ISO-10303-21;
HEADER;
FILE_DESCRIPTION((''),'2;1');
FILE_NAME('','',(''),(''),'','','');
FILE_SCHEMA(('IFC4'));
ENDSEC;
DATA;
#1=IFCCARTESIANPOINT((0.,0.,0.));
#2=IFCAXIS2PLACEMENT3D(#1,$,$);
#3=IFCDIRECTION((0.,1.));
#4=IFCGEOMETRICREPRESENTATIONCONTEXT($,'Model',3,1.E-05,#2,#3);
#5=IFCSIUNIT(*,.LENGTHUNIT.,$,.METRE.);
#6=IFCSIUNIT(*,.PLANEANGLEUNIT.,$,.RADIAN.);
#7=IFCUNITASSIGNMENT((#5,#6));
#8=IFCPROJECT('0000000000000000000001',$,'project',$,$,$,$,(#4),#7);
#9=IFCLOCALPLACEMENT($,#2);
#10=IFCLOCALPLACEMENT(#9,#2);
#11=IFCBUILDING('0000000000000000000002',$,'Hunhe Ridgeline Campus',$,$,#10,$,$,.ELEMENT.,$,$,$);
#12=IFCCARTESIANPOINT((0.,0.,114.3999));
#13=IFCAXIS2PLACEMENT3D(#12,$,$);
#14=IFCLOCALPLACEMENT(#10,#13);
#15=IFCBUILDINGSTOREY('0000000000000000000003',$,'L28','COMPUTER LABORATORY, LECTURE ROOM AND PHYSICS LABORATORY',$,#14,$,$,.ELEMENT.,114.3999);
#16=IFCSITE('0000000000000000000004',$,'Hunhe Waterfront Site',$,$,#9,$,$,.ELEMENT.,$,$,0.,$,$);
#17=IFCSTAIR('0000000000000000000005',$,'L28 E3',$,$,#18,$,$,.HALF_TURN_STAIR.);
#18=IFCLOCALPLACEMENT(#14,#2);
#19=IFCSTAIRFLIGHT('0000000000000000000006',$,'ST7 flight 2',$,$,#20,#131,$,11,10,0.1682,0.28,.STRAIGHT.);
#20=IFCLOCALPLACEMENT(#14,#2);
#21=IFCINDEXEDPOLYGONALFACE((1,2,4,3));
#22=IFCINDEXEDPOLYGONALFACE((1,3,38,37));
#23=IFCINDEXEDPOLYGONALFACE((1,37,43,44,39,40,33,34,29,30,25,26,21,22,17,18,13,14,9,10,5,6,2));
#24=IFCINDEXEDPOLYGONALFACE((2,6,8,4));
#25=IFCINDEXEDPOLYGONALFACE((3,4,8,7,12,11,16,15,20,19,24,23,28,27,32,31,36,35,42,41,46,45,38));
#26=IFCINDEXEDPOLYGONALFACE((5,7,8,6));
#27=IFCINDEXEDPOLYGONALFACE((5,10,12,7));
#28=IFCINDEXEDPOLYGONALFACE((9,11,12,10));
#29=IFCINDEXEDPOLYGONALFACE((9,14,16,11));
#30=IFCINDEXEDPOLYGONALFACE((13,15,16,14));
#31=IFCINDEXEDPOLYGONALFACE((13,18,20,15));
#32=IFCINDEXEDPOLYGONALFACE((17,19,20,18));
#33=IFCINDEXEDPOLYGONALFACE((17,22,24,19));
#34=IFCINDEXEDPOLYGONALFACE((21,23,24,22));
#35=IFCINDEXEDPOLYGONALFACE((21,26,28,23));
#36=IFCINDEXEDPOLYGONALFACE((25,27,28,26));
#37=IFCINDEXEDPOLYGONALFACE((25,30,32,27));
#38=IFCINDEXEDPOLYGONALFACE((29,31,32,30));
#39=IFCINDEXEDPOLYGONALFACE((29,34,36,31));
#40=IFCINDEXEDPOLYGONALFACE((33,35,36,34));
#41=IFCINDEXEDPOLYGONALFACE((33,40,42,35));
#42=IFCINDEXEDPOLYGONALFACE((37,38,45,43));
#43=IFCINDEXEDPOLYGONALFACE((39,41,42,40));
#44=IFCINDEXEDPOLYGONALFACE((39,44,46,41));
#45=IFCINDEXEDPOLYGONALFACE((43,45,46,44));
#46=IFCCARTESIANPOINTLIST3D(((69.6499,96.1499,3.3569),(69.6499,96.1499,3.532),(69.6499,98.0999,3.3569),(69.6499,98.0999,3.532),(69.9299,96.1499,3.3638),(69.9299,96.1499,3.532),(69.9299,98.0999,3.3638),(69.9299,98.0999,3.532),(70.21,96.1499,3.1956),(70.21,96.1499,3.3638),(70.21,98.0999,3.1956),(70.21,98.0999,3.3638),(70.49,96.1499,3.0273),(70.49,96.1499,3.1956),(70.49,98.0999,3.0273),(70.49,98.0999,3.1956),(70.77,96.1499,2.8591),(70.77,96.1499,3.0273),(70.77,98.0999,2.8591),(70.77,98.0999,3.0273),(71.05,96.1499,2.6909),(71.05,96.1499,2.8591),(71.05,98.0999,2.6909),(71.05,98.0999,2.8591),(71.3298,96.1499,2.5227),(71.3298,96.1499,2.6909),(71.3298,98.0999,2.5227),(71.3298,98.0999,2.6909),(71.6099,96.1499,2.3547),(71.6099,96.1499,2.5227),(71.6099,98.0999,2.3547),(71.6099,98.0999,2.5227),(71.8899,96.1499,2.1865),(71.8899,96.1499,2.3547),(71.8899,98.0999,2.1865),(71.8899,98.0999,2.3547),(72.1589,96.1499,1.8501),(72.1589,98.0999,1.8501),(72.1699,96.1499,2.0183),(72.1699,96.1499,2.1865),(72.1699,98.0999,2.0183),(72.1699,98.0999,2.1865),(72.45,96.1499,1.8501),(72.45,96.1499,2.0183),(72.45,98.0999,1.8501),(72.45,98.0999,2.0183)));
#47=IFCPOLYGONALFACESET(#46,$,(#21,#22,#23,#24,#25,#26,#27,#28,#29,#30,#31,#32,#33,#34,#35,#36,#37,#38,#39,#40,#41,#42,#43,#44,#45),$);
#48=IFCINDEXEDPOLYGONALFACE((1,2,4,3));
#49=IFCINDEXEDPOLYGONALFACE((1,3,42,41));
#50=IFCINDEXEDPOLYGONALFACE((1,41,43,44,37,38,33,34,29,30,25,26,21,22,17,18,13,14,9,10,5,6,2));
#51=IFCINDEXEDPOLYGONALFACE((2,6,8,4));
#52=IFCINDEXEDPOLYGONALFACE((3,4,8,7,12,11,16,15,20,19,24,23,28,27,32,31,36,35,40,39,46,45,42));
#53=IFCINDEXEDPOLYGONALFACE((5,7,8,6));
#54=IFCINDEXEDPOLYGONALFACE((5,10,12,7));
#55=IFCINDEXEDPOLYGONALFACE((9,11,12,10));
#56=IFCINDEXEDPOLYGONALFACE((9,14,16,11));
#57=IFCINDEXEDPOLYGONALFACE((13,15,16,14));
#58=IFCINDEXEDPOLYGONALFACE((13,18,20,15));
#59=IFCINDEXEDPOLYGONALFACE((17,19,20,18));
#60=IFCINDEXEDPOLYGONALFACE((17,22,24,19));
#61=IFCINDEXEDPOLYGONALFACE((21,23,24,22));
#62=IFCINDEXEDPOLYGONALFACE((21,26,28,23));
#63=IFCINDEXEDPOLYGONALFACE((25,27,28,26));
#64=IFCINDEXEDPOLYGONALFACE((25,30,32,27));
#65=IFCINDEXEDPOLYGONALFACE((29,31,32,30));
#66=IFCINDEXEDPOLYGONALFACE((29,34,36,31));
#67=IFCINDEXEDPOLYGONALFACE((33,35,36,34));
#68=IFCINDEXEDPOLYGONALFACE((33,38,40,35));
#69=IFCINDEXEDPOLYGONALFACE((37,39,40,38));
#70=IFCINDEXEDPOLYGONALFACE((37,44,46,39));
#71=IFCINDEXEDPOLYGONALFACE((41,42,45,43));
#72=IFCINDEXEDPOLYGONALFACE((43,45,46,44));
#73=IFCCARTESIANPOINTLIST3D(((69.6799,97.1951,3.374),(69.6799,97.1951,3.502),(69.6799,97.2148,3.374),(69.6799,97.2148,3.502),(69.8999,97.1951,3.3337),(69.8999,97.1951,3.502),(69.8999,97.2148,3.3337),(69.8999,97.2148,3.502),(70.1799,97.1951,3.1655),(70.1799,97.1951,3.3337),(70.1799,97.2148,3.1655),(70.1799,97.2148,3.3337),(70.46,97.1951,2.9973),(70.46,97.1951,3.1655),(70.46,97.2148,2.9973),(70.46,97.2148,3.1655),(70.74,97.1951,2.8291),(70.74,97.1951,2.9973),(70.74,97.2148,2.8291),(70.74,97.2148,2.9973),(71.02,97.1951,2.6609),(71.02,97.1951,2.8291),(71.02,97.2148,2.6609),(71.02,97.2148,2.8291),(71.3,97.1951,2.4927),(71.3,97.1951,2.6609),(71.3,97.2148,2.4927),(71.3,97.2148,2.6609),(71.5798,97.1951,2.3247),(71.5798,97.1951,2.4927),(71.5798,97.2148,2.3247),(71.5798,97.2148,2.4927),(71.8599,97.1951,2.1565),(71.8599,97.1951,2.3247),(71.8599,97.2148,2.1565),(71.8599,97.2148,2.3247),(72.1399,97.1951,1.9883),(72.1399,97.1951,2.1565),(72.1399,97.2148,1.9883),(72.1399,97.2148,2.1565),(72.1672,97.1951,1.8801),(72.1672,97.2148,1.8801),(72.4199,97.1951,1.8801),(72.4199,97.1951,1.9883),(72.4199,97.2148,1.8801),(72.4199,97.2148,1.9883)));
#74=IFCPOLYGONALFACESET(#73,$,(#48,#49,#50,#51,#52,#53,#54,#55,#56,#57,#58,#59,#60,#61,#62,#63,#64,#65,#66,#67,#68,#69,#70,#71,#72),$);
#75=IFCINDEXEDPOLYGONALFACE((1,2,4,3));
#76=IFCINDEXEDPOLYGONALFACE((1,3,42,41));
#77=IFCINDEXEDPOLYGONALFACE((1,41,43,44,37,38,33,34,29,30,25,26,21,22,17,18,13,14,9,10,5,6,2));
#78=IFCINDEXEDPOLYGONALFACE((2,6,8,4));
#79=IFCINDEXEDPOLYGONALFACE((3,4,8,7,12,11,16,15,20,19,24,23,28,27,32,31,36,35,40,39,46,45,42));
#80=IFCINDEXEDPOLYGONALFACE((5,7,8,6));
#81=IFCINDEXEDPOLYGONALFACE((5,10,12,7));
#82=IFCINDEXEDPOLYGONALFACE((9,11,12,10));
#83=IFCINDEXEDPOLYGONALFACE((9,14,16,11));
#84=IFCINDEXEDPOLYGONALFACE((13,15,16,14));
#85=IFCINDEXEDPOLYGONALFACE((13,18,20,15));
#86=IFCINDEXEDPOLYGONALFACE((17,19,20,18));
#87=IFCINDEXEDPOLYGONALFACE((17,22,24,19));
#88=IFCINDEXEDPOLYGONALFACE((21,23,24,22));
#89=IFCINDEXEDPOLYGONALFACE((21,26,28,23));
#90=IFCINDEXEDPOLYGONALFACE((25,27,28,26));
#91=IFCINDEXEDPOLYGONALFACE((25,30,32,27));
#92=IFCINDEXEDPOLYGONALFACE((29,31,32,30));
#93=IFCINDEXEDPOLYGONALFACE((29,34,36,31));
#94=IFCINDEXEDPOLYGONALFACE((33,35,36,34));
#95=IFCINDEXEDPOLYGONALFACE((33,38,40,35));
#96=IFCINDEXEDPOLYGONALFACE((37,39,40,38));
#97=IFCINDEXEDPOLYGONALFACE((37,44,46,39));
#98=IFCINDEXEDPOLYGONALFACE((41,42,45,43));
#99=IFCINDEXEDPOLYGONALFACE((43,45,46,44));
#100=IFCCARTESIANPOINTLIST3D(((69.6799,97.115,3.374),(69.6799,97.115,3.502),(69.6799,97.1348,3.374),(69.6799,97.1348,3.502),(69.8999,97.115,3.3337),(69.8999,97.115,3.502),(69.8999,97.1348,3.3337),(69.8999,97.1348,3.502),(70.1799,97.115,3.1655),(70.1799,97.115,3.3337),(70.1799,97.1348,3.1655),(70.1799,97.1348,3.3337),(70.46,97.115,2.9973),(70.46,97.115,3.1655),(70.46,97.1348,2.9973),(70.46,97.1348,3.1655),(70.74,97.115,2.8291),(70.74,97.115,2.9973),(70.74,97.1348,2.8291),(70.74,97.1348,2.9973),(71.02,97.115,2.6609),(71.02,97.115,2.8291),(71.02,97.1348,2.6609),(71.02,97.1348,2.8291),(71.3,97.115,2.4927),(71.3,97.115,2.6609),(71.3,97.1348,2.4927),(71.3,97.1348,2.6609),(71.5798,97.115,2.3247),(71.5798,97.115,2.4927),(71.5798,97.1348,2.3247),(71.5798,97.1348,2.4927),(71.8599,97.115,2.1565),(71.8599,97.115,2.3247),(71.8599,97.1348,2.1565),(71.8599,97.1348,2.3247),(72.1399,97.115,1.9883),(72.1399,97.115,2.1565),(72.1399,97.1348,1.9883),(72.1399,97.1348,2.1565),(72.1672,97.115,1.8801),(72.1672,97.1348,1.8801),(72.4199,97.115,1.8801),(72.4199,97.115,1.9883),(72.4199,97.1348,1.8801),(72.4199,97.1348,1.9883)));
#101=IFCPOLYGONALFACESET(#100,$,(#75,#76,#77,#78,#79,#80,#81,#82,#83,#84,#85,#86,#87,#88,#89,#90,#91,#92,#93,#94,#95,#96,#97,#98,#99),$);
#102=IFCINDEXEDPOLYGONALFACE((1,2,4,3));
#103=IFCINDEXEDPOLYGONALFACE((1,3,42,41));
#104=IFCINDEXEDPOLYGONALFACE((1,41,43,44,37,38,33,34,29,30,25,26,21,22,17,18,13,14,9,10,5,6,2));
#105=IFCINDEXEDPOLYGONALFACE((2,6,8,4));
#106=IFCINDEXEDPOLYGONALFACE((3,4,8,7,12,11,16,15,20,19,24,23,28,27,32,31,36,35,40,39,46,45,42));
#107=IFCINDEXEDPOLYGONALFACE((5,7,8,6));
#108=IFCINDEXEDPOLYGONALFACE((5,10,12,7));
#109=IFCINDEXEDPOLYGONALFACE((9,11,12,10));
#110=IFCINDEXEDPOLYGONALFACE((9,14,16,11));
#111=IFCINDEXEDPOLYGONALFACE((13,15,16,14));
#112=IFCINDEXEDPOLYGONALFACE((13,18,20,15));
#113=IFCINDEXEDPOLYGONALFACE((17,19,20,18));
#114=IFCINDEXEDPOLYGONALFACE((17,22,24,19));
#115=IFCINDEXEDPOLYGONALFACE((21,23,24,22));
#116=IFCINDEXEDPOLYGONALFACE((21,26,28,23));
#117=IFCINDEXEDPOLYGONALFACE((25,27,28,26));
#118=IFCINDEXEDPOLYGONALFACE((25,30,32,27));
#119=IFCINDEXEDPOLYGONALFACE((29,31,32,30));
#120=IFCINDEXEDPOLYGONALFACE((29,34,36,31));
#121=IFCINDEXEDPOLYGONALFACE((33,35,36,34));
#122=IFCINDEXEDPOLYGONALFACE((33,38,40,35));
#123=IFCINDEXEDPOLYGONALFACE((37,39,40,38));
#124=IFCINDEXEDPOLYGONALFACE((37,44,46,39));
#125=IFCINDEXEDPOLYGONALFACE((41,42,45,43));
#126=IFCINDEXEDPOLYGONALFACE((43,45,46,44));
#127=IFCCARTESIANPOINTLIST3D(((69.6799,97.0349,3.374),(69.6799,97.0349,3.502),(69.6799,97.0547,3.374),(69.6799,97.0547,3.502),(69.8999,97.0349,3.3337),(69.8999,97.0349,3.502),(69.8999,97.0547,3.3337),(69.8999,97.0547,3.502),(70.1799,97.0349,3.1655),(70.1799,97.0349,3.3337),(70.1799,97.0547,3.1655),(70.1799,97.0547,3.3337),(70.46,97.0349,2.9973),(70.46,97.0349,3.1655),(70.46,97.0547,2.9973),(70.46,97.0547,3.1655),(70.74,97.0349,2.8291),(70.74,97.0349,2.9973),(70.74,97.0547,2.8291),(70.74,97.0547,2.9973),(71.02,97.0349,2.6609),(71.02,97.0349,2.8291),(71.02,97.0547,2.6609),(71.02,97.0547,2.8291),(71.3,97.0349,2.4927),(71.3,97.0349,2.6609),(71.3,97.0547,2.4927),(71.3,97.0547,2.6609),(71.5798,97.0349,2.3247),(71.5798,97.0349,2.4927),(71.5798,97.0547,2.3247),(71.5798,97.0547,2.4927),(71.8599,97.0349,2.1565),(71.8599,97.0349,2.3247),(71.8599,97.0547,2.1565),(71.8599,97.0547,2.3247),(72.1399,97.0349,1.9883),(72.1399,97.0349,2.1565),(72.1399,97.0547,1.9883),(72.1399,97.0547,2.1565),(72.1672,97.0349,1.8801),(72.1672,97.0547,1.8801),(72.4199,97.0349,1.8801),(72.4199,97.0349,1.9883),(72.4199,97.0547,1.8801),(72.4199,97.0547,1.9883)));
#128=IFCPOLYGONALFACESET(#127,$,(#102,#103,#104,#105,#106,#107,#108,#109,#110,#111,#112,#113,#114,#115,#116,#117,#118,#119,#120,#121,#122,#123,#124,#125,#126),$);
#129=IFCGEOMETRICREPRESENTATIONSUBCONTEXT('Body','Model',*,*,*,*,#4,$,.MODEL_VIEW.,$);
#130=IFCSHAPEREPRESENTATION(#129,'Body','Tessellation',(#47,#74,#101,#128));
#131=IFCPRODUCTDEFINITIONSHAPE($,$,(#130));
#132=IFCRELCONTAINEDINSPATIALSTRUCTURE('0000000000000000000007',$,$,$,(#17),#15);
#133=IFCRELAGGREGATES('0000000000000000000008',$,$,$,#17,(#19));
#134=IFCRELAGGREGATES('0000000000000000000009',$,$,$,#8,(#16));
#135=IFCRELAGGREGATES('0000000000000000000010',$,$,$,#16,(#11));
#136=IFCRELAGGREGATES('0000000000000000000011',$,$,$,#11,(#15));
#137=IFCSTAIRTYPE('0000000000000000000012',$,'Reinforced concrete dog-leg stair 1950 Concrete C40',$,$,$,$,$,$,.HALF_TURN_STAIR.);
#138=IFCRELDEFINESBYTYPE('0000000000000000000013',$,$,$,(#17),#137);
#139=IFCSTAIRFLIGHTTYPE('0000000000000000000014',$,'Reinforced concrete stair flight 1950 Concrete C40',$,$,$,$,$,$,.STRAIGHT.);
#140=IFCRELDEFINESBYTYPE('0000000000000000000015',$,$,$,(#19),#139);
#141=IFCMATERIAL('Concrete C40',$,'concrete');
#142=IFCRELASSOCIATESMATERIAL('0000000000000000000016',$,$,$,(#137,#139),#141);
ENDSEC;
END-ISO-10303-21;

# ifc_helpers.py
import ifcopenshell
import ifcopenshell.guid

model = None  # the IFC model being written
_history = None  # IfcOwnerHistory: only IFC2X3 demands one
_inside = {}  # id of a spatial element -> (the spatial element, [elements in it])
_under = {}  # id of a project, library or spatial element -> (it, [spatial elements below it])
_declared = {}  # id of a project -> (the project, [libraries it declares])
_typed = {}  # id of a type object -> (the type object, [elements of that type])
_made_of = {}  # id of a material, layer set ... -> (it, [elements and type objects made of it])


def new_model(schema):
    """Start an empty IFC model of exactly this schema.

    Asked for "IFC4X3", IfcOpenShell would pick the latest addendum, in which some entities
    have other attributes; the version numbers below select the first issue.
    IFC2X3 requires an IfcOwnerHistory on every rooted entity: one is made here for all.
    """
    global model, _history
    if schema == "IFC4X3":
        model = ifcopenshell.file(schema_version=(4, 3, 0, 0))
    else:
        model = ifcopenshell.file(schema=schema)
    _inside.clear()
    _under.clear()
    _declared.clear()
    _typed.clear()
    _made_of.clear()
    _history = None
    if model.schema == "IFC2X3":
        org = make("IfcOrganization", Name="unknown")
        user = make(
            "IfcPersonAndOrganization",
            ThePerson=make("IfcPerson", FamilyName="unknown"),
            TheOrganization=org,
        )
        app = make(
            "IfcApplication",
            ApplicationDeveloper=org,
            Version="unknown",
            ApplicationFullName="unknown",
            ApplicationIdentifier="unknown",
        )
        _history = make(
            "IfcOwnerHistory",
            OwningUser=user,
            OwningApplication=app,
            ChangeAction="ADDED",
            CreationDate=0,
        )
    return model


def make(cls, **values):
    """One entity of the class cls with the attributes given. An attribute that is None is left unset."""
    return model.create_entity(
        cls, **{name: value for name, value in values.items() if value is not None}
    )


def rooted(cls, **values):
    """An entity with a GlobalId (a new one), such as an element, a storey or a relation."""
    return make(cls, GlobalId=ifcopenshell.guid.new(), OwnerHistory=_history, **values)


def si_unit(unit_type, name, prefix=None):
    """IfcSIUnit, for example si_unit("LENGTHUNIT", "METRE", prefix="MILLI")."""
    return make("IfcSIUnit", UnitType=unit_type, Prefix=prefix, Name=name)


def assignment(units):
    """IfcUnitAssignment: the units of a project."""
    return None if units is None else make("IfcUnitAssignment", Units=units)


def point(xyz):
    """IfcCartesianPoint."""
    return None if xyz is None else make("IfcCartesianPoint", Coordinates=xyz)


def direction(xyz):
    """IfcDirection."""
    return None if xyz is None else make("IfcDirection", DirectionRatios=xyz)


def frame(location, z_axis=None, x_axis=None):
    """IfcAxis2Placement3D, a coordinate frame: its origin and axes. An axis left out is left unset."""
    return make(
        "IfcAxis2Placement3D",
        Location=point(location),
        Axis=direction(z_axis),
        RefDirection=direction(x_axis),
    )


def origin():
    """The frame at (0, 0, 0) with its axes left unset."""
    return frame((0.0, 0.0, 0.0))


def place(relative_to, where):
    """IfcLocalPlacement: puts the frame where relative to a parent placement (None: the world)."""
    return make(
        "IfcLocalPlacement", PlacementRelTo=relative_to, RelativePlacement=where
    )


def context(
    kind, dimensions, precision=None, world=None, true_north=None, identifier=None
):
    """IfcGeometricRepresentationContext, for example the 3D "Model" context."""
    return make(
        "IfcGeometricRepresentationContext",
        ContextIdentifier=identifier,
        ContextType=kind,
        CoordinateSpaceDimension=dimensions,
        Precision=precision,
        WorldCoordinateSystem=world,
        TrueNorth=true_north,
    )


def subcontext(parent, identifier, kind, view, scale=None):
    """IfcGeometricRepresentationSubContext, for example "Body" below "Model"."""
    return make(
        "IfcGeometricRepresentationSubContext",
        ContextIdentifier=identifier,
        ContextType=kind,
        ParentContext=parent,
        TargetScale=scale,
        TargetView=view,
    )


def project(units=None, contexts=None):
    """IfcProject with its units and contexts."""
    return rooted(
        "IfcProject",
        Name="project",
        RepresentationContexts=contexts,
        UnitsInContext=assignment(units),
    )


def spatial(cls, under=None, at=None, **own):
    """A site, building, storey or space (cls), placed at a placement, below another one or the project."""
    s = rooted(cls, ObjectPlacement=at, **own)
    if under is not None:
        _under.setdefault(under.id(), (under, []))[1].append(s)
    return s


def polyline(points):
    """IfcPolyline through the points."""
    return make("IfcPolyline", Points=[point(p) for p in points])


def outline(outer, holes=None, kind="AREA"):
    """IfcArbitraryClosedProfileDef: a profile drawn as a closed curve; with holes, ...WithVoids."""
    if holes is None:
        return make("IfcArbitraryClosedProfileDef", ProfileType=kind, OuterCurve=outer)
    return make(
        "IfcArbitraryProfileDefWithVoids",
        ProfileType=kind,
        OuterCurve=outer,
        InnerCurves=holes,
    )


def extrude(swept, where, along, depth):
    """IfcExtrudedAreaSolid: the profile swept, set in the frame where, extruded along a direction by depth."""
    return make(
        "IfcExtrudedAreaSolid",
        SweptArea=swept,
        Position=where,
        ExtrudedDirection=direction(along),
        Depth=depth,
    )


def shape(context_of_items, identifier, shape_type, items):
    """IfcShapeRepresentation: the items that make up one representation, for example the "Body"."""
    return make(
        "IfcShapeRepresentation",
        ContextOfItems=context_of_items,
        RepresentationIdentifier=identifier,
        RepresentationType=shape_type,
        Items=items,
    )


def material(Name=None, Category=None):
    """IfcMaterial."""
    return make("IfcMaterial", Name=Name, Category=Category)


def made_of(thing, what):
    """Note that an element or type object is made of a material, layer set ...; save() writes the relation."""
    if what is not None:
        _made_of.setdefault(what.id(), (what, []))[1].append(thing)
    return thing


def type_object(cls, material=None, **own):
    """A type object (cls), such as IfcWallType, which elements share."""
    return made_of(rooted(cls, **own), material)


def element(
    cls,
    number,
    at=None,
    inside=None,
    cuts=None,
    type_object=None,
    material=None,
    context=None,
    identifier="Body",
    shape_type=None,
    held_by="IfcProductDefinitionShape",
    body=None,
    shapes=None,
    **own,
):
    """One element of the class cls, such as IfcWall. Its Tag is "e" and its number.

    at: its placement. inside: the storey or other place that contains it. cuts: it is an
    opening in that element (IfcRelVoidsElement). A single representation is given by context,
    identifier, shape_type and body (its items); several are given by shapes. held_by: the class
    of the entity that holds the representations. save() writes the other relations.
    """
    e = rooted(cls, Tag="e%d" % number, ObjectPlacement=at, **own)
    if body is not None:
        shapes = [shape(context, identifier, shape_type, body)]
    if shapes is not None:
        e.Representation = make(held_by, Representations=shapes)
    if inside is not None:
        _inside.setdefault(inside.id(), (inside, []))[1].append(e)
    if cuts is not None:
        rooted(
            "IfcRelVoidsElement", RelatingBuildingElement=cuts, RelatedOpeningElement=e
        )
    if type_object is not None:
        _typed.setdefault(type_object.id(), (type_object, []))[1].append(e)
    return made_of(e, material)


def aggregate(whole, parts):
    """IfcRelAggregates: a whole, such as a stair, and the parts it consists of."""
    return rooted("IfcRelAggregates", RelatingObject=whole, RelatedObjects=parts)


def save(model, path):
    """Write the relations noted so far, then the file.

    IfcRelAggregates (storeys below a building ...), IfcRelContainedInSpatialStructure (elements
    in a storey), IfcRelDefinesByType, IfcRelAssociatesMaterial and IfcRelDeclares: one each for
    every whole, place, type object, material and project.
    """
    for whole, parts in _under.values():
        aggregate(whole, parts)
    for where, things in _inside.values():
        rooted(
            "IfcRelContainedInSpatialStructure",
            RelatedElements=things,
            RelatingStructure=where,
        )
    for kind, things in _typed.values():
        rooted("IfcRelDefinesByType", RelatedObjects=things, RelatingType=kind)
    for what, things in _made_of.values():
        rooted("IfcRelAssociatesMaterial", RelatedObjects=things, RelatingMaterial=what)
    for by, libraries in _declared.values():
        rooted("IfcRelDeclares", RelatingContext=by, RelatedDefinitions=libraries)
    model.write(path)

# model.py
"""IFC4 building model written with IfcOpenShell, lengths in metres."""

from ifc_helpers import new_model, si_unit, direction, frame, origin, place, context, subcontext, project, spatial, polyline, outline, extrude, material, type_object, element, aggregate, save


model = new_model("IFC4")

# Units and contexts
model_context = context("Model", 3, precision=1e-05, world=origin(), true_north=direction((0.0, 1.0)))
body_context = subcontext(model_context, "Body", "Model", "MODEL_VIEW")
ifc_project = project(units=[si_unit("LENGTHUNIT", "METRE"), si_unit("PLANEANGLEUNIT", "RADIAN")], contexts=[model_context])

# Site, building, storey
site_placement = place(None, origin())
site = spatial("IfcSite", under=ifc_project, at=site_placement, Name="Hunhe Waterfront Site", CompositionType="ELEMENT", RefElevation=0.0)
building_placement = place(site_placement, origin())
building = spatial("IfcBuilding", under=site, at=building_placement, Name="Hunhe Ridgeline Campus", CompositionType="ELEMENT")
storey_placement = place(building_placement, frame((0.0, 0.0, 114.3999)))
storey = spatial("IfcBuildingStorey", under=building, at=storey_placement, Name="L28", Description="COMPUTER LABORATORY, LECTURE ROOM AND PHYSICS LABORATORY", CompositionType="ELEMENT", Elevation=114.3999)

# Stair, stair flight
ifc_material_1 = material(Name="Concrete C40", Category="concrete")
stair_type = type_object("IfcStairType", Name="Reinforced concrete dog-leg stair 1950 Concrete C40", PredefinedType="HALF_TURN_STAIR", material=ifc_material_1)
stair_placement = place(storey_placement, origin())
stair = element("IfcStair", 1, at=stair_placement, inside=storey, type_object=stair_type, Name="L28 E3", PredefinedType="HALF_TURN_STAIR")
stair_flight_type = type_object("IfcStairFlightType", Name="Reinforced concrete stair flight 1950 Concrete C40", PredefinedType="STRAIGHT", material=ifc_material_1)
stair_flight_placement = place(storey_placement, frame((72.45, 97.125, 1.8501), z_axis=(0.0, 0.0, 1.0), x_axis=(-1.0, 0.0, 0.0)))
stair_flight = element("IfcStairFlight", 2, at=stair_flight_placement, type_object=stair_flight_type, Name="ST7 flight 2", NumberOfRisers=11, NumberOfTreads=10, PredefinedType="STRAIGHT", RiserHeight=0.1682, TreadLength=0.28, context=body_context, shape_type="SweptSolid", body=[
    extrude(outline(polyline([(0.0, 0.0), (0.0, 0.1682), (0.28, 0.1682), (0.28, 0.3364), (0.5601, 0.3364), (0.5601, 0.5046), (0.8401, 0.5046), (0.8401, 0.6726), (1.1201, 0.6726), (1.1201, 0.8408), (1.3999, 0.8408), (1.3999, 1.009), (1.6799, 1.009), (1.6799, 1.1772), (1.96, 1.1772), (1.96, 1.3455), (2.24, 1.3455), (2.24, 1.5137), (2.52, 1.5137), (2.52, 1.6819), (2.8, 1.6819), (2.8, 1.8501), (2.8, 1.5068), (0.291, 0.0), (0.0, 0.0)])), frame((0.0, 0.9751, 0.0), z_axis=(0.0, -1.0, 0.0), x_axis=(1.0, 0.0, 0.0)), (0.0, 0.0, 1.0), 1.95),
    extrude(outline(polyline([(0.03, 0.03), (0.03, 0.1382), (0.3101, 0.1382), (0.3101, 0.3064), (0.5901, 0.3064), (0.5901, 0.4746), (0.8701, 0.4746), (0.8701, 0.6426), (1.1499, 0.6426), (1.1499, 0.8108), (1.4299, 0.8108), (1.4299, 0.979), (1.71, 0.979), (1.71, 1.1472), (1.99, 1.1472), (1.99, 1.3154), (2.27, 1.3154), (2.27, 1.4836), (2.55, 1.4836), (2.55, 1.6519), (2.77, 1.6519), (2.77, 1.5239), (0.2827, 0.03), (0.03, 0.03)])), frame((0.0, -0.0701, 0.0), z_axis=(0.0, -1.0, 0.0), x_axis=(1.0, 0.0, 0.0)), (0.0, 0.0, 1.0), 0.0198),
    extrude(outline(polyline([(0.03, 0.03), (0.03, 0.1382), (0.3101, 0.1382), (0.3101, 0.3064), (0.5901, 0.3064), (0.5901, 0.4746), (0.8701, 0.4746), (0.8701, 0.6426), (1.1499, 0.6426), (1.1499, 0.8108), (1.4299, 0.8108), (1.4299, 0.979), (1.71, 0.979), (1.71, 1.1472), (1.99, 1.1472), (1.99, 1.3154), (2.27, 1.3154), (2.27, 1.4836), (2.55, 1.4836), (2.55, 1.6519), (2.77, 1.6519), (2.77, 1.5239), (0.2827, 0.03), (0.03, 0.03)])), frame((0.0, 0.01, 0.0), z_axis=(0.0, -1.0, 0.0), x_axis=(1.0, 0.0, 0.0)), (0.0, 0.0, 1.0), 0.0198),
    extrude(outline(polyline([(0.03, 0.03), (0.03, 0.1382), (0.3101, 0.1382), (0.3101, 0.3064), (0.5901, 0.3064), (0.5901, 0.4746), (0.8701, 0.4746), (0.8701, 0.6426), (1.1499, 0.6426), (1.1499, 0.8108), (1.4299, 0.8108), (1.4299, 0.979), (1.71, 0.979), (1.71, 1.1472), (1.99, 1.1472), (1.99, 1.3154), (2.27, 1.3154), (2.27, 1.4836), (2.55, 1.4836), (2.55, 1.6519), (2.77, 1.6519), (2.77, 1.5239), (0.2827, 0.03), (0.03, 0.03)])), frame((0.0, 0.0901, 0.0), z_axis=(0.0, -1.0, 0.0), x_axis=(1.0, 0.0, 0.0)), (0.0, 0.0, 1.0), 0.0198),
])
aggregate(stair, [stair_flight])

save(model, "model.ifc")
